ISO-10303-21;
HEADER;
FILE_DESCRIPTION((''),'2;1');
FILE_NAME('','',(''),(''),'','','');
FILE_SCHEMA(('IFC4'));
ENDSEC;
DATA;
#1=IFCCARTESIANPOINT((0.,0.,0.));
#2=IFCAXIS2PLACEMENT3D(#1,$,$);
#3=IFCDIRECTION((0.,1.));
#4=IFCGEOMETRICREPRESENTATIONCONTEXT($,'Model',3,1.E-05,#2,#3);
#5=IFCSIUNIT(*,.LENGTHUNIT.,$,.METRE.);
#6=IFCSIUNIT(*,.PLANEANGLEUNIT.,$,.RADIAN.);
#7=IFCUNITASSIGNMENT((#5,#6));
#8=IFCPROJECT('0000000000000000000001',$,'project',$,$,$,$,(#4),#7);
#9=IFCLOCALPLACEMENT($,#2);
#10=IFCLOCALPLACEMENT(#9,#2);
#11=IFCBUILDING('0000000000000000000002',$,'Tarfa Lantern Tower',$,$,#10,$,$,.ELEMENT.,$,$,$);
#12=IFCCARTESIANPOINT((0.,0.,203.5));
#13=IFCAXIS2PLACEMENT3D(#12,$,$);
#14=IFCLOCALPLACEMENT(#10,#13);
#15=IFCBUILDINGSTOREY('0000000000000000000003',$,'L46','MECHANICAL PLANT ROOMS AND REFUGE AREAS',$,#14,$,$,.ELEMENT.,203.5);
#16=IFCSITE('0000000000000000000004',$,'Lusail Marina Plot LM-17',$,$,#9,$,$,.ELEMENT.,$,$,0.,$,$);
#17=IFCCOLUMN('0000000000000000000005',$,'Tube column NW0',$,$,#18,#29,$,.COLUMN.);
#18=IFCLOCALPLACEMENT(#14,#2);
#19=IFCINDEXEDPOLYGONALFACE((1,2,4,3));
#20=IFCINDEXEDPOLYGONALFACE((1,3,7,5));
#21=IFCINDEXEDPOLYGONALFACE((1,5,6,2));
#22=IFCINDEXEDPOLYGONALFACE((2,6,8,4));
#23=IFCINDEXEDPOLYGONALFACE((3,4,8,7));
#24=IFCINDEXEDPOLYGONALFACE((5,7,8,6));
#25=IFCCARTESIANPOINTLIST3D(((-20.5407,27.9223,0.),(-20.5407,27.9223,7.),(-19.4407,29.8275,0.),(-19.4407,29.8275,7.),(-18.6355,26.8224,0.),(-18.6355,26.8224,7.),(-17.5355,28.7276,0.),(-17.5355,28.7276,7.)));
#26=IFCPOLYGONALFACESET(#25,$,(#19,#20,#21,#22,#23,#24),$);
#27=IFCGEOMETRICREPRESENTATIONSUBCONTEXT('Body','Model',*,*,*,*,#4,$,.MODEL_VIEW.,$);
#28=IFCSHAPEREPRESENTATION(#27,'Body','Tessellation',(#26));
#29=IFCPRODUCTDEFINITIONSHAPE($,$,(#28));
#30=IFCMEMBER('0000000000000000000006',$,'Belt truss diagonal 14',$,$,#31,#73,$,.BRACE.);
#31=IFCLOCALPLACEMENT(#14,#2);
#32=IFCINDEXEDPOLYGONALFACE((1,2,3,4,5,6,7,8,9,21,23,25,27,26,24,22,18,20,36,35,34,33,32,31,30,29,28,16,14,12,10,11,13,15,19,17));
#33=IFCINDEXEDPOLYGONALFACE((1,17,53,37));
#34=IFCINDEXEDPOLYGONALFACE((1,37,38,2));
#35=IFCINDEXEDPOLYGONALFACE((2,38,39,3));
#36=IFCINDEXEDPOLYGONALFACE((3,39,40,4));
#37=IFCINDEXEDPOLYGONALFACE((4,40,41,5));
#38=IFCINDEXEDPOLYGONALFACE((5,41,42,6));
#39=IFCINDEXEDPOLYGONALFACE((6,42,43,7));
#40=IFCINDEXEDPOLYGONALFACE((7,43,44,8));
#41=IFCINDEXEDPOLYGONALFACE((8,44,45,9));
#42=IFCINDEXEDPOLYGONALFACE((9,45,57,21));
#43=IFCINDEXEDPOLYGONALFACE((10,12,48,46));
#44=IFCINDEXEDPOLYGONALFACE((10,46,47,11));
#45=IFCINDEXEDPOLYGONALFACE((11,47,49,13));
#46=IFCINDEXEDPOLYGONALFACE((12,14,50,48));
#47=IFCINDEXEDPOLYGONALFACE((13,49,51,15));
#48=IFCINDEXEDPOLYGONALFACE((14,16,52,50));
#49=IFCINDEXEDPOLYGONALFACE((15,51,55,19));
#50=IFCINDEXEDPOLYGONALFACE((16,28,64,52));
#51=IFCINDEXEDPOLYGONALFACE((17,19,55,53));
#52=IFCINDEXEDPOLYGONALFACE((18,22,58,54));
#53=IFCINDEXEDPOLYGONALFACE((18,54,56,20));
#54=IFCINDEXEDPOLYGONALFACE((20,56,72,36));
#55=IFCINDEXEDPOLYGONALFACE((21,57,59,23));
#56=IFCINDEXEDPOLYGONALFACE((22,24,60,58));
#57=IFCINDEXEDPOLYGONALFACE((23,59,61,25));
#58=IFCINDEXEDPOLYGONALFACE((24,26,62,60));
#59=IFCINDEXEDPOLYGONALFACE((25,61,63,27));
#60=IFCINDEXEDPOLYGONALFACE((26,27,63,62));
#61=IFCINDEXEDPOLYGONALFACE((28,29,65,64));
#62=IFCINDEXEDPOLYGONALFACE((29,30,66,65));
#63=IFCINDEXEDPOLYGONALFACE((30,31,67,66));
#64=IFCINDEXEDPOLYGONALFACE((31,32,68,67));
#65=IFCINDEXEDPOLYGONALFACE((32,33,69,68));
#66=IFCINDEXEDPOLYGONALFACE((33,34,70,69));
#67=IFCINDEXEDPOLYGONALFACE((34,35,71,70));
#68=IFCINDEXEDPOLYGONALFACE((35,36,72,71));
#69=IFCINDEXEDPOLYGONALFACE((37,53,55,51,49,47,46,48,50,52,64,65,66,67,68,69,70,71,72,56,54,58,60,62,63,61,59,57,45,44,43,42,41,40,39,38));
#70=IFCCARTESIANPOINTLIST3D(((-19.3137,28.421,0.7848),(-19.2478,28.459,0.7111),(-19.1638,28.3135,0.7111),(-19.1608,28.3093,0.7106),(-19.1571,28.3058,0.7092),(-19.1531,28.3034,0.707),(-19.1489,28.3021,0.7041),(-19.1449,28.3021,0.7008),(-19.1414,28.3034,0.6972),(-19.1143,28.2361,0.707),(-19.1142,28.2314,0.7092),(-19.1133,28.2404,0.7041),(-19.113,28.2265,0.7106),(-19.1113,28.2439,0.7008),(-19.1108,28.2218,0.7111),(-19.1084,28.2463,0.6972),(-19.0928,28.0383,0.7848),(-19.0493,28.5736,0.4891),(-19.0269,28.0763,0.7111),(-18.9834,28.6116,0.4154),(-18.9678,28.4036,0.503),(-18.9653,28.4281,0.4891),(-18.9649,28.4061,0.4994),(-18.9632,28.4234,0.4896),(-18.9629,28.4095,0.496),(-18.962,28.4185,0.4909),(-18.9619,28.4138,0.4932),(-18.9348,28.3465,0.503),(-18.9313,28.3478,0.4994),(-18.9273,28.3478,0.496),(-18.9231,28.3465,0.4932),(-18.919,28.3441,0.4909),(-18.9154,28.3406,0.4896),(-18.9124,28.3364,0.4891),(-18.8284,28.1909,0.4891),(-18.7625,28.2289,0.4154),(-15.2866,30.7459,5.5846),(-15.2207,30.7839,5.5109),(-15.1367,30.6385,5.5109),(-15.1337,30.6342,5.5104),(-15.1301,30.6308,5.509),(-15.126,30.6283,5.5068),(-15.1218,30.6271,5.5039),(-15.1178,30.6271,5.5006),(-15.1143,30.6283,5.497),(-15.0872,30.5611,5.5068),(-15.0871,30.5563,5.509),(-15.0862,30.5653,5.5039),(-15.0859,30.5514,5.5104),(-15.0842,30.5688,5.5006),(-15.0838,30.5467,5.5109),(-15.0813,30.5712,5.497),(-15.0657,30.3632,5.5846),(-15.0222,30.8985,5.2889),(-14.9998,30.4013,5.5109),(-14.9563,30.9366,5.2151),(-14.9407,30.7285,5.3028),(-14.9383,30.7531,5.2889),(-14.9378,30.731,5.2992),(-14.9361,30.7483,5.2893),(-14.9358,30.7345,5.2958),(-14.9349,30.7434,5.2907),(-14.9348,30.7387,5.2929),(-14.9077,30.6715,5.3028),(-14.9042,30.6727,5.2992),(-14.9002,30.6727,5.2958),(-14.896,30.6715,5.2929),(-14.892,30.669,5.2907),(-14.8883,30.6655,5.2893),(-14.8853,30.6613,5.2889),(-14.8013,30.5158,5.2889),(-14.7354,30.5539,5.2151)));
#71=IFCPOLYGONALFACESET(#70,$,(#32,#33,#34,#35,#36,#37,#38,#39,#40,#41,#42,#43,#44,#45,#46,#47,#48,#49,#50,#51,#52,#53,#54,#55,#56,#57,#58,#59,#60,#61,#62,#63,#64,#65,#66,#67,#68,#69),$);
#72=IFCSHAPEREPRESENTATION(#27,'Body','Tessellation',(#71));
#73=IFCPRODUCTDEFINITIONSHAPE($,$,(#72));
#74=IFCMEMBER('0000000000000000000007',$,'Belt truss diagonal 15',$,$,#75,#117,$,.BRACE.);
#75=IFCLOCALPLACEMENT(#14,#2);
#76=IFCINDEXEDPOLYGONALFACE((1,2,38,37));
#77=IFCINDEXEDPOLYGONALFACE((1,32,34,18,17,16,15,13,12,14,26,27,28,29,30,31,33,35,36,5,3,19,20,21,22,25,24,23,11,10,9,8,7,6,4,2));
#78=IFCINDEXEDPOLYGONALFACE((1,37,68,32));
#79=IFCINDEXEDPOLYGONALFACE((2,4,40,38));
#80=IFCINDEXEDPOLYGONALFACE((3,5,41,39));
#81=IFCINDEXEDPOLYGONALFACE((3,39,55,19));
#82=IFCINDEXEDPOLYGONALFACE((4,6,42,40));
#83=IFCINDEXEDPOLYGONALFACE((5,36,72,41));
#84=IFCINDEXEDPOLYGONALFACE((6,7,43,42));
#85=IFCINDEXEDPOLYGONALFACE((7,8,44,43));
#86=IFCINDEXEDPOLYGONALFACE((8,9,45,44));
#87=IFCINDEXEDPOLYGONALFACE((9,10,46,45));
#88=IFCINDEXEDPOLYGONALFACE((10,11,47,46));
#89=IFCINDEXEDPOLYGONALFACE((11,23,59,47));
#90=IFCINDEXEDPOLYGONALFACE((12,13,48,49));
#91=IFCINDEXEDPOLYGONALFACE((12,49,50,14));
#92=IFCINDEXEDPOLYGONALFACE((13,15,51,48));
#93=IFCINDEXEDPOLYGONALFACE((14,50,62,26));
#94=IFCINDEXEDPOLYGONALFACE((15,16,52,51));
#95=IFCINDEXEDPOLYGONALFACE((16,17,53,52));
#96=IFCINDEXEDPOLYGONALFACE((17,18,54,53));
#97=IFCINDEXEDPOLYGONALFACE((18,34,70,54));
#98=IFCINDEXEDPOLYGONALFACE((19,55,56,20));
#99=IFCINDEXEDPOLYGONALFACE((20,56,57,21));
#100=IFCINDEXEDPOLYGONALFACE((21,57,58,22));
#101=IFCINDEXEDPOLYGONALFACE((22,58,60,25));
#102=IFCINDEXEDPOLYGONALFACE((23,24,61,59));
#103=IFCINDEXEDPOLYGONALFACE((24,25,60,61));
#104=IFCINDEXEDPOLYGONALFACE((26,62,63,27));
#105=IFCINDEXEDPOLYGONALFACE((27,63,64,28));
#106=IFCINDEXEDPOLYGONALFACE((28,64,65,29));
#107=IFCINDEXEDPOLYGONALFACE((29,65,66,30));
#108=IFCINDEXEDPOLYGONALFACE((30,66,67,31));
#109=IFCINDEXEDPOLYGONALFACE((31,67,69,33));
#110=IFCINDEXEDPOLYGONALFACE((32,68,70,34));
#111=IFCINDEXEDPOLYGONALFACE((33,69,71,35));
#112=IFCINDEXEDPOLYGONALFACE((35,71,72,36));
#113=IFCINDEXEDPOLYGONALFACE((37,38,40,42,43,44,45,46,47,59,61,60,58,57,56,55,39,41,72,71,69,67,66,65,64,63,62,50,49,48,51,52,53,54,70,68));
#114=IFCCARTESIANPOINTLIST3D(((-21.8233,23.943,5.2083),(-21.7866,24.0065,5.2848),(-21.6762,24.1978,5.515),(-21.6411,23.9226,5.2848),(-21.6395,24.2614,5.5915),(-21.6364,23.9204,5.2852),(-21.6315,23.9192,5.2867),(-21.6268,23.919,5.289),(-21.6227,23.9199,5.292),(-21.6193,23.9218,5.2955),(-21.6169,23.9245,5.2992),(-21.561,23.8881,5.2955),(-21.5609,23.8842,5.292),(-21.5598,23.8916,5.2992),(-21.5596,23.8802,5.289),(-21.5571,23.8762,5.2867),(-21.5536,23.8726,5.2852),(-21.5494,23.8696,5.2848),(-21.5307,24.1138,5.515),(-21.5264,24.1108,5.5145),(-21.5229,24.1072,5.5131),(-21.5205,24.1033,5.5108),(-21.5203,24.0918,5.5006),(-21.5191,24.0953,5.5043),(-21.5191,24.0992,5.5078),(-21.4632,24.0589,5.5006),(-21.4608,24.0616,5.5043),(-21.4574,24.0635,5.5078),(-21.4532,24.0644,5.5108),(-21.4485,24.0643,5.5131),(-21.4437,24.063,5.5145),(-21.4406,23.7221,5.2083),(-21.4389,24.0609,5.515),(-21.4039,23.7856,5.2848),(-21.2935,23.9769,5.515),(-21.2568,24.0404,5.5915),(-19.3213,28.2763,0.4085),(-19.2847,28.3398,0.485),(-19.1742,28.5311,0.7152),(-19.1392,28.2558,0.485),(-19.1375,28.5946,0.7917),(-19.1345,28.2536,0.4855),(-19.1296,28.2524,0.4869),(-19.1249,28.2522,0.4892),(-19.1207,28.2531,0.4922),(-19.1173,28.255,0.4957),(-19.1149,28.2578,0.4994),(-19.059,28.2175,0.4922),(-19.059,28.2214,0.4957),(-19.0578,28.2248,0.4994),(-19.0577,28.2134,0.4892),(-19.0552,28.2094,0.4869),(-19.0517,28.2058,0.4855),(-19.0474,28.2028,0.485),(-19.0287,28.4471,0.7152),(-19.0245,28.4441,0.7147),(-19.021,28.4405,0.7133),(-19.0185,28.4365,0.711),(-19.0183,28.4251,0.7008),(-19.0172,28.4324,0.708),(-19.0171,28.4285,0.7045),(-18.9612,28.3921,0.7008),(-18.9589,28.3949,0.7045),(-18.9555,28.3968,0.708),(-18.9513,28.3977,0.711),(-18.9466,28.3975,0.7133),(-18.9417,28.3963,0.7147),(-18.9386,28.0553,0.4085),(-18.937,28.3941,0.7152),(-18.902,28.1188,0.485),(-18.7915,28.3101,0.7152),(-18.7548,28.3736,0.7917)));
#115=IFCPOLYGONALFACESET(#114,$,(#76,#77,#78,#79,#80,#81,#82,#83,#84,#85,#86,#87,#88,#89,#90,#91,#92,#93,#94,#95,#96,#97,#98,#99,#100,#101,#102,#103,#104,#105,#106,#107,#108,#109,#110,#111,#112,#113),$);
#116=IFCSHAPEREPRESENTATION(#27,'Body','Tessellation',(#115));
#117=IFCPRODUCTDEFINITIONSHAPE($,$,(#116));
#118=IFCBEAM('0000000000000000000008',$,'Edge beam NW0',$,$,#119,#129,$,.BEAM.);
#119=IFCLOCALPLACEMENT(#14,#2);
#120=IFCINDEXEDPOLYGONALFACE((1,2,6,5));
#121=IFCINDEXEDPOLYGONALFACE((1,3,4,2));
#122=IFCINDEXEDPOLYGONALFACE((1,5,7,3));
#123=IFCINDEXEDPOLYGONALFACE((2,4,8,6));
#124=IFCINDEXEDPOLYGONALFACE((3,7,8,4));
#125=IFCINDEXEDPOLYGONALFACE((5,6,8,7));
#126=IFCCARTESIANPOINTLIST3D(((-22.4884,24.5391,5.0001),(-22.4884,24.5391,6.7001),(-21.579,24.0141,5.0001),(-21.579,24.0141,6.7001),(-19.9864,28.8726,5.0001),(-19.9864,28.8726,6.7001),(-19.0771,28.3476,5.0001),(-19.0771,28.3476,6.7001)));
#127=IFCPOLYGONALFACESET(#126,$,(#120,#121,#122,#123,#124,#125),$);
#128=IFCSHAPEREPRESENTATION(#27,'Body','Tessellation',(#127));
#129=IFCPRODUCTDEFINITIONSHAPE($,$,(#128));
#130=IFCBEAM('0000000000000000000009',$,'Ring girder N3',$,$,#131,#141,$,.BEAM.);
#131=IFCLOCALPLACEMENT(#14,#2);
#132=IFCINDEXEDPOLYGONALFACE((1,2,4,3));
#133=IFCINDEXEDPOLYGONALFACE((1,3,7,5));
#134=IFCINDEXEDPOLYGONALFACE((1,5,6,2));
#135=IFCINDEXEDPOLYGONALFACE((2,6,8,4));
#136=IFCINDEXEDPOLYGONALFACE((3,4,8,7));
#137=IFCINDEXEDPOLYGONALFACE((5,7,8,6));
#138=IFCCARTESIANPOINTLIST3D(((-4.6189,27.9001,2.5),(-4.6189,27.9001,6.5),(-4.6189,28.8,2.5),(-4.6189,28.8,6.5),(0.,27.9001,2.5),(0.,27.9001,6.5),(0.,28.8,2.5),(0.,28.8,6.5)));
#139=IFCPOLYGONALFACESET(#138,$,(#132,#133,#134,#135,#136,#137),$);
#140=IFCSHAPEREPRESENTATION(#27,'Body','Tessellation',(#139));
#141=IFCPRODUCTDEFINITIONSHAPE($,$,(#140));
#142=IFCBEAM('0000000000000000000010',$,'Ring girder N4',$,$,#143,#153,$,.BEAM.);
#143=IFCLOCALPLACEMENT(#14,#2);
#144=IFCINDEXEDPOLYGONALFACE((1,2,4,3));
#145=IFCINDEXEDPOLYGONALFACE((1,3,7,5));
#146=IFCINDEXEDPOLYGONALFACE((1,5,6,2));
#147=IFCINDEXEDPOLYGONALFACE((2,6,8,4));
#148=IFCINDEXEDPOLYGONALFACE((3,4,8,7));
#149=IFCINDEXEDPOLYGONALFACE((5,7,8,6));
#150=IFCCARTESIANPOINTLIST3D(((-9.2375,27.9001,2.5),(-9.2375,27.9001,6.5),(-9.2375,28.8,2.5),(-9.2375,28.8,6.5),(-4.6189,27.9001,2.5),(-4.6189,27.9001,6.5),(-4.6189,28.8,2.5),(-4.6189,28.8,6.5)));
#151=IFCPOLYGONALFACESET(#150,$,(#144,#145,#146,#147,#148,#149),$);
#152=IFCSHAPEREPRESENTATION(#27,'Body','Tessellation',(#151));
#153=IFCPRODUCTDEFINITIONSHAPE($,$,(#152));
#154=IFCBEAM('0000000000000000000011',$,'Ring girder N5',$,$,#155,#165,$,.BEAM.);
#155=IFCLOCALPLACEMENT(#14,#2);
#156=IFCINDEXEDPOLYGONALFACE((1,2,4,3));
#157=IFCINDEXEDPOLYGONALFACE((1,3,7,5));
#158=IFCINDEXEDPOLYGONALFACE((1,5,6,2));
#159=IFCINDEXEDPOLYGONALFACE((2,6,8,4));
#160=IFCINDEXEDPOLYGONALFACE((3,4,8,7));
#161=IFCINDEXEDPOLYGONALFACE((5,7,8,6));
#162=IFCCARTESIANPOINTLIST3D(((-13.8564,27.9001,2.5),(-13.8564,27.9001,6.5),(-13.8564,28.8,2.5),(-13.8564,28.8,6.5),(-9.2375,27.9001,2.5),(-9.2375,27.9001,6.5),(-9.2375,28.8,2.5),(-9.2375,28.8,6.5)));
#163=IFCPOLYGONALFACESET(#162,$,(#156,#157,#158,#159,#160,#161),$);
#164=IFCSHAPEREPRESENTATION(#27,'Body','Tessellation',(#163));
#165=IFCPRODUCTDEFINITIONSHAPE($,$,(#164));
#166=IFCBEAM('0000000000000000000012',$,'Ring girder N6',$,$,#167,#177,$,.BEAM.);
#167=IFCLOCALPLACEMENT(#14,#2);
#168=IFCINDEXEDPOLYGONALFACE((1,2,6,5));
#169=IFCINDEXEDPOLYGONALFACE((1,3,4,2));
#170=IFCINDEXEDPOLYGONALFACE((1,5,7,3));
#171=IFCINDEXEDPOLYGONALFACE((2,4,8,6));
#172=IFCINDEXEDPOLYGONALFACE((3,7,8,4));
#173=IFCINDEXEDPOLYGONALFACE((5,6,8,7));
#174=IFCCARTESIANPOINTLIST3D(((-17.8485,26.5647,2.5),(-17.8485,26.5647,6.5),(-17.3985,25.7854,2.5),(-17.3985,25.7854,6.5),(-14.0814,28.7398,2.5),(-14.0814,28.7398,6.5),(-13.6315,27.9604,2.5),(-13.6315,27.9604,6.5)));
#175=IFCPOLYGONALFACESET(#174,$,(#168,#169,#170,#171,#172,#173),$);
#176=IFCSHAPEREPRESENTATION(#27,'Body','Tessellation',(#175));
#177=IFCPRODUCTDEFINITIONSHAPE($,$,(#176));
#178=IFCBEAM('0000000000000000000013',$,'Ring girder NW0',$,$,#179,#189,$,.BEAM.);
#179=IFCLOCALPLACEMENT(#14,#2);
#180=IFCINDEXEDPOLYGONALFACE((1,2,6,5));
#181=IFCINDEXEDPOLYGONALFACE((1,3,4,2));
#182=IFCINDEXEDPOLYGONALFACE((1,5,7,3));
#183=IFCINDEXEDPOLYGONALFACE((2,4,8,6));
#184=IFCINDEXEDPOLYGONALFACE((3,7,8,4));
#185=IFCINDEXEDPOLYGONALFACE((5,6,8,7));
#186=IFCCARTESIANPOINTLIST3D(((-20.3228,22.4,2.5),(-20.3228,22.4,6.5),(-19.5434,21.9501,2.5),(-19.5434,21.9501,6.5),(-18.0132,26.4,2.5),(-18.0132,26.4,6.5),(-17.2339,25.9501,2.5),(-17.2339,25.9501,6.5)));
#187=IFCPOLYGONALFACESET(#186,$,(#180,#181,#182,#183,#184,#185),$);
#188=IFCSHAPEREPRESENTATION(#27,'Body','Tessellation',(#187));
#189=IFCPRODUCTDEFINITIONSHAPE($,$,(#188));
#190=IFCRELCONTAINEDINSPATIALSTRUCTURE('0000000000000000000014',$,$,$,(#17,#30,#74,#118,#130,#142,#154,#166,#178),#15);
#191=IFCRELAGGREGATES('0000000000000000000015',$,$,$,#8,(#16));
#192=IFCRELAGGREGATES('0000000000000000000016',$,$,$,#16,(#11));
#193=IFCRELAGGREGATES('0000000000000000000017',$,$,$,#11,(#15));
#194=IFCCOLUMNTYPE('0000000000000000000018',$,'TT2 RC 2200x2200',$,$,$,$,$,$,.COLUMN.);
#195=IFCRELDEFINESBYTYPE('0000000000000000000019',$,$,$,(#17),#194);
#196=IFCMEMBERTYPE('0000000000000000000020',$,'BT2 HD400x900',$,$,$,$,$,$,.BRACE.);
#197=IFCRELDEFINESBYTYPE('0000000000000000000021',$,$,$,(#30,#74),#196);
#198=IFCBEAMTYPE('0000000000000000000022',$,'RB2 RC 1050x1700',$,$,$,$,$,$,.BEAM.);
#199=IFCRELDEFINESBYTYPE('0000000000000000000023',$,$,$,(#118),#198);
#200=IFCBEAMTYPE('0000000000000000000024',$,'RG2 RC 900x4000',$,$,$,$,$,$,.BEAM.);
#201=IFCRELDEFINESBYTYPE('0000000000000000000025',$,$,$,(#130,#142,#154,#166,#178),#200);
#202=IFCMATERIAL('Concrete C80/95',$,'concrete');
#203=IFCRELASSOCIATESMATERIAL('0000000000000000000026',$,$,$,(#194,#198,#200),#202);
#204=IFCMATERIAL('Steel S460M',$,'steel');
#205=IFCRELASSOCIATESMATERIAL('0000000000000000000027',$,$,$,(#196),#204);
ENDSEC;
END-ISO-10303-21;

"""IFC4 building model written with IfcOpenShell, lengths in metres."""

from ifc_helpers import new_model, si_unit, direction, frame, origin, origin_2d, place, context, subcontext, project, spatial, rectangle, i_section, extrude, material, material_profile, profile_set, type_object, element, save


model = new_model("IFC4")

# Units and contexts
model_context = context("Model", 3, precision=1e-05, world=origin(), true_north=direction((0.0, 1.0)))
body_context = subcontext(model_context, "Body", "Model", "MODEL_VIEW")
ifc_project = project(units=[si_unit("LENGTHUNIT", "METRE"), si_unit("PLANEANGLEUNIT", "RADIAN")], contexts=[model_context])

# Site, building, storey
site_placement = place(None, origin())
site = spatial("IfcSite", under=ifc_project, at=site_placement, Name="Lusail Marina Plot LM-17", CompositionType="ELEMENT", RefElevation=0.0)
building_placement = place(site_placement, origin())
building = spatial("IfcBuilding", under=site, at=building_placement, Name="Tarfa Lantern Tower", CompositionType="ELEMENT")
storey_placement = place(building_placement, frame((0.0, 0.0, 203.5)))
storey = spatial("IfcBuildingStorey", under=building, at=storey_placement, Name="L46", Description="MECHANICAL PLANT ROOMS AND REFUGE AREAS", CompositionType="ELEMENT", Elevation=203.5)

# Column
ifc_material_1 = material(Name="Concrete C80/95", Category="concrete")
ifc_material_profile_1 = material_profile(ifc_material_1, rectangle(XDim=2.2, YDim=2.2, at=origin_2d()), Name="RC 2200x2200")
ifc_profile_set_1 = profile_set([ifc_material_profile_1], Name="Concrete C80/95")
column_type = type_object("IfcColumnType", Name="TT2 RC 2200x2200", PredefinedType="COLUMN", material=ifc_profile_set_1)
column_placement = place(storey_placement, frame((-19.0381, 28.325, 0.0), z_axis=(0.0, 0.0, 1.0), x_axis=(-0.5, -0.866025, 0.0)))
element("IfcColumn", 1, at=column_placement, inside=storey, type_object=column_type, Name="Tube column NW0", PredefinedType="COLUMN", context=body_context, shape_type="SweptSolid", body=[
    extrude(rectangle(XDim=2.2, YDim=2.2, at=origin_2d()), origin(), (0.0, 0.0, 1.0), 7.0),
])

# Members
ifc_material_2 = material(Name="Steel S460M", Category="steel")
ifc_material_profile_2 = material_profile(ifc_material_2, i_section(OverallWidth=0.4419, OverallDepth=0.531, WebThickness=0.0659, FlangeThickness=0.106, FilletRadius=0.02, at=origin_2d()), Name="HD400x900")
ifc_profile_set_2 = profile_set([ifc_material_profile_2], Name="Steel S460M")
member_type = type_object("IfcMemberType", Name="BT2 HD400x900", PredefinedType="BRACE", material=ifc_profile_set_2)
member_1_placement = place(storey_placement, frame((-19.0381, 28.325, 0.6001), z_axis=(0.602598, 0.347896, 0.718223), x_axis=(-0.499985, 0.866034, 0.0)))
element("IfcMember", 2, at=member_1_placement, inside=storey, type_object=member_type, Name="Belt truss diagonal 14", PredefinedType="BRACE", context=body_context, shape_type="SweptSolid", body=[
    extrude(i_section(OverallWidth=0.4419, OverallDepth=0.531, WebThickness=0.0659, FlangeThickness=0.106, FilletRadius=0.02, at=origin_2d()), origin(), (0.0, 0.0, 1.0), 6.6829),
])
member_2_placement = place(storey_placement, frame((-19.0381, 28.325, 0.6001), z_axis=(-0.360844, -0.624963, 0.692252), x_axis=(0.866013, -0.500022, 0.0)))
element("IfcMember", 3, at=member_2_placement, inside=storey, type_object=member_type, Name="Belt truss diagonal 15", PredefinedType="BRACE", context=body_context, shape_type="SweptSolid", body=[
    extrude(i_section(OverallWidth=0.4419, OverallDepth=0.531, WebThickness=0.0659, FlangeThickness=0.106, FilletRadius=0.02, at=origin_2d()), origin(), (0.0, 0.0, 1.0), 6.9336),
])

# Beams
ifc_material_profile_3 = material_profile(ifc_material_1, rectangle(XDim=1.05, YDim=1.7, at=origin_2d()), Name="RC 1050x1700")
ifc_profile_set_3 = profile_set([ifc_material_profile_3], Name="Concrete C80/95")
beam_type_1 = type_object("IfcBeamType", Name="RB2 RC 1050x1700", PredefinedType="BEAM", material=ifc_profile_set_3)
beam_1_placement = place(storey_placement, frame((-19.5317, 28.6101, 5.8501), z_axis=(-0.500001, -0.866025, 0.0), x_axis=(0.866025, -0.500001, 0.0)))
element("IfcBeam", 4, at=beam_1_placement, inside=storey, type_object=beam_type_1, Name="Edge beam NW0", PredefinedType="BEAM", context=body_context, shape_type="SweptSolid", body=[
    extrude(rectangle(XDim=1.05, YDim=1.7, at=origin_2d()), origin(), (0.0, 0.0, 1.0), 5.0039),
])
ifc_material_profile_4 = material_profile(ifc_material_1, rectangle(XDim=0.8999, YDim=4.0, at=origin_2d()), Name="RC 900x4000")
ifc_profile_set_4 = profile_set([ifc_material_profile_4], Name="Concrete C80/95")
beam_type_2 = type_object("IfcBeamType", Name="RG2 RC 900x4000", PredefinedType="BEAM", material=ifc_profile_set_4)
beam_2_placement = place(storey_placement, frame((0.0, 28.3501, 4.5), z_axis=(-1.0, 0.0, 0.0), x_axis=(0.0, -1.0, 0.0)))
element("IfcBeam", 5, at=beam_2_placement, inside=storey, type_object=beam_type_2, Name="Ring girder N3", PredefinedType="BEAM", context=body_context, shape_type="SweptSolid", body=[
    extrude(rectangle(XDim=0.8999, YDim=4.0, at=origin_2d()), origin(), (0.0, 0.0, 1.0), 4.6189),
])
beam_3_placement = place(storey_placement, frame((-4.6189, 28.3501, 4.5), z_axis=(-1.0, 0.0, 0.0), x_axis=(0.0, -1.0, 0.0)))
element("IfcBeam", 6, at=beam_3_placement, inside=storey, type_object=beam_type_2, Name="Ring girder N4", PredefinedType="BEAM", context=body_context, shape_type="SweptSolid", body=[
    extrude(rectangle(XDim=0.8999, YDim=4.0, at=origin_2d()), origin(), (0.0, 0.0, 1.0), 4.6187),
])
beam_4_placement = place(storey_placement, frame((-9.2375, 28.3501, 4.5), z_axis=(-1.0, 0.0, 0.0), x_axis=(0.0, -1.0, 0.0)))
element("IfcBeam", 7, at=beam_4_placement, inside=storey, type_object=beam_type_2, Name="Ring girder N5", PredefinedType="BEAM", context=body_context, shape_type="SweptSolid", body=[
    extrude(rectangle(XDim=0.8999, YDim=4.0, at=origin_2d()), origin(), (0.0, 0.0, 1.0), 4.6189),
])
beam_5_placement = place(storey_placement, frame((-13.8564, 28.3501, 4.5), z_axis=(-0.866014, -0.50002, 0.0), x_axis=(0.50002, -0.866014, 0.0)))
element("IfcBeam", 8, at=beam_5_placement, inside=storey, type_object=beam_type_2, Name="Ring girder N6", PredefinedType="BEAM", context=body_context, shape_type="SweptSolid", body=[
    extrude(rectangle(XDim=0.8999, YDim=4.0, at=origin_2d()), origin(), (0.0, 0.0, 1.0), 4.3499),
])
beam_6_placement = place(storey_placement, frame((-17.6235, 26.175, 4.5), z_axis=(-0.500027, -0.86601, 0.0), x_axis=(0.86601, -0.500027, 0.0)))
element("IfcBeam", 9, at=beam_6_placement, inside=storey, type_object=beam_type_2, Name="Ring girder NW0", PredefinedType="BEAM", context=body_context, shape_type="SweptSolid", body=[
    extrude(rectangle(XDim=0.8999, YDim=4.0, at=origin_2d()), origin(), (0.0, 0.0, 1.0), 4.6189),
])

save(model, "model.ifc")
